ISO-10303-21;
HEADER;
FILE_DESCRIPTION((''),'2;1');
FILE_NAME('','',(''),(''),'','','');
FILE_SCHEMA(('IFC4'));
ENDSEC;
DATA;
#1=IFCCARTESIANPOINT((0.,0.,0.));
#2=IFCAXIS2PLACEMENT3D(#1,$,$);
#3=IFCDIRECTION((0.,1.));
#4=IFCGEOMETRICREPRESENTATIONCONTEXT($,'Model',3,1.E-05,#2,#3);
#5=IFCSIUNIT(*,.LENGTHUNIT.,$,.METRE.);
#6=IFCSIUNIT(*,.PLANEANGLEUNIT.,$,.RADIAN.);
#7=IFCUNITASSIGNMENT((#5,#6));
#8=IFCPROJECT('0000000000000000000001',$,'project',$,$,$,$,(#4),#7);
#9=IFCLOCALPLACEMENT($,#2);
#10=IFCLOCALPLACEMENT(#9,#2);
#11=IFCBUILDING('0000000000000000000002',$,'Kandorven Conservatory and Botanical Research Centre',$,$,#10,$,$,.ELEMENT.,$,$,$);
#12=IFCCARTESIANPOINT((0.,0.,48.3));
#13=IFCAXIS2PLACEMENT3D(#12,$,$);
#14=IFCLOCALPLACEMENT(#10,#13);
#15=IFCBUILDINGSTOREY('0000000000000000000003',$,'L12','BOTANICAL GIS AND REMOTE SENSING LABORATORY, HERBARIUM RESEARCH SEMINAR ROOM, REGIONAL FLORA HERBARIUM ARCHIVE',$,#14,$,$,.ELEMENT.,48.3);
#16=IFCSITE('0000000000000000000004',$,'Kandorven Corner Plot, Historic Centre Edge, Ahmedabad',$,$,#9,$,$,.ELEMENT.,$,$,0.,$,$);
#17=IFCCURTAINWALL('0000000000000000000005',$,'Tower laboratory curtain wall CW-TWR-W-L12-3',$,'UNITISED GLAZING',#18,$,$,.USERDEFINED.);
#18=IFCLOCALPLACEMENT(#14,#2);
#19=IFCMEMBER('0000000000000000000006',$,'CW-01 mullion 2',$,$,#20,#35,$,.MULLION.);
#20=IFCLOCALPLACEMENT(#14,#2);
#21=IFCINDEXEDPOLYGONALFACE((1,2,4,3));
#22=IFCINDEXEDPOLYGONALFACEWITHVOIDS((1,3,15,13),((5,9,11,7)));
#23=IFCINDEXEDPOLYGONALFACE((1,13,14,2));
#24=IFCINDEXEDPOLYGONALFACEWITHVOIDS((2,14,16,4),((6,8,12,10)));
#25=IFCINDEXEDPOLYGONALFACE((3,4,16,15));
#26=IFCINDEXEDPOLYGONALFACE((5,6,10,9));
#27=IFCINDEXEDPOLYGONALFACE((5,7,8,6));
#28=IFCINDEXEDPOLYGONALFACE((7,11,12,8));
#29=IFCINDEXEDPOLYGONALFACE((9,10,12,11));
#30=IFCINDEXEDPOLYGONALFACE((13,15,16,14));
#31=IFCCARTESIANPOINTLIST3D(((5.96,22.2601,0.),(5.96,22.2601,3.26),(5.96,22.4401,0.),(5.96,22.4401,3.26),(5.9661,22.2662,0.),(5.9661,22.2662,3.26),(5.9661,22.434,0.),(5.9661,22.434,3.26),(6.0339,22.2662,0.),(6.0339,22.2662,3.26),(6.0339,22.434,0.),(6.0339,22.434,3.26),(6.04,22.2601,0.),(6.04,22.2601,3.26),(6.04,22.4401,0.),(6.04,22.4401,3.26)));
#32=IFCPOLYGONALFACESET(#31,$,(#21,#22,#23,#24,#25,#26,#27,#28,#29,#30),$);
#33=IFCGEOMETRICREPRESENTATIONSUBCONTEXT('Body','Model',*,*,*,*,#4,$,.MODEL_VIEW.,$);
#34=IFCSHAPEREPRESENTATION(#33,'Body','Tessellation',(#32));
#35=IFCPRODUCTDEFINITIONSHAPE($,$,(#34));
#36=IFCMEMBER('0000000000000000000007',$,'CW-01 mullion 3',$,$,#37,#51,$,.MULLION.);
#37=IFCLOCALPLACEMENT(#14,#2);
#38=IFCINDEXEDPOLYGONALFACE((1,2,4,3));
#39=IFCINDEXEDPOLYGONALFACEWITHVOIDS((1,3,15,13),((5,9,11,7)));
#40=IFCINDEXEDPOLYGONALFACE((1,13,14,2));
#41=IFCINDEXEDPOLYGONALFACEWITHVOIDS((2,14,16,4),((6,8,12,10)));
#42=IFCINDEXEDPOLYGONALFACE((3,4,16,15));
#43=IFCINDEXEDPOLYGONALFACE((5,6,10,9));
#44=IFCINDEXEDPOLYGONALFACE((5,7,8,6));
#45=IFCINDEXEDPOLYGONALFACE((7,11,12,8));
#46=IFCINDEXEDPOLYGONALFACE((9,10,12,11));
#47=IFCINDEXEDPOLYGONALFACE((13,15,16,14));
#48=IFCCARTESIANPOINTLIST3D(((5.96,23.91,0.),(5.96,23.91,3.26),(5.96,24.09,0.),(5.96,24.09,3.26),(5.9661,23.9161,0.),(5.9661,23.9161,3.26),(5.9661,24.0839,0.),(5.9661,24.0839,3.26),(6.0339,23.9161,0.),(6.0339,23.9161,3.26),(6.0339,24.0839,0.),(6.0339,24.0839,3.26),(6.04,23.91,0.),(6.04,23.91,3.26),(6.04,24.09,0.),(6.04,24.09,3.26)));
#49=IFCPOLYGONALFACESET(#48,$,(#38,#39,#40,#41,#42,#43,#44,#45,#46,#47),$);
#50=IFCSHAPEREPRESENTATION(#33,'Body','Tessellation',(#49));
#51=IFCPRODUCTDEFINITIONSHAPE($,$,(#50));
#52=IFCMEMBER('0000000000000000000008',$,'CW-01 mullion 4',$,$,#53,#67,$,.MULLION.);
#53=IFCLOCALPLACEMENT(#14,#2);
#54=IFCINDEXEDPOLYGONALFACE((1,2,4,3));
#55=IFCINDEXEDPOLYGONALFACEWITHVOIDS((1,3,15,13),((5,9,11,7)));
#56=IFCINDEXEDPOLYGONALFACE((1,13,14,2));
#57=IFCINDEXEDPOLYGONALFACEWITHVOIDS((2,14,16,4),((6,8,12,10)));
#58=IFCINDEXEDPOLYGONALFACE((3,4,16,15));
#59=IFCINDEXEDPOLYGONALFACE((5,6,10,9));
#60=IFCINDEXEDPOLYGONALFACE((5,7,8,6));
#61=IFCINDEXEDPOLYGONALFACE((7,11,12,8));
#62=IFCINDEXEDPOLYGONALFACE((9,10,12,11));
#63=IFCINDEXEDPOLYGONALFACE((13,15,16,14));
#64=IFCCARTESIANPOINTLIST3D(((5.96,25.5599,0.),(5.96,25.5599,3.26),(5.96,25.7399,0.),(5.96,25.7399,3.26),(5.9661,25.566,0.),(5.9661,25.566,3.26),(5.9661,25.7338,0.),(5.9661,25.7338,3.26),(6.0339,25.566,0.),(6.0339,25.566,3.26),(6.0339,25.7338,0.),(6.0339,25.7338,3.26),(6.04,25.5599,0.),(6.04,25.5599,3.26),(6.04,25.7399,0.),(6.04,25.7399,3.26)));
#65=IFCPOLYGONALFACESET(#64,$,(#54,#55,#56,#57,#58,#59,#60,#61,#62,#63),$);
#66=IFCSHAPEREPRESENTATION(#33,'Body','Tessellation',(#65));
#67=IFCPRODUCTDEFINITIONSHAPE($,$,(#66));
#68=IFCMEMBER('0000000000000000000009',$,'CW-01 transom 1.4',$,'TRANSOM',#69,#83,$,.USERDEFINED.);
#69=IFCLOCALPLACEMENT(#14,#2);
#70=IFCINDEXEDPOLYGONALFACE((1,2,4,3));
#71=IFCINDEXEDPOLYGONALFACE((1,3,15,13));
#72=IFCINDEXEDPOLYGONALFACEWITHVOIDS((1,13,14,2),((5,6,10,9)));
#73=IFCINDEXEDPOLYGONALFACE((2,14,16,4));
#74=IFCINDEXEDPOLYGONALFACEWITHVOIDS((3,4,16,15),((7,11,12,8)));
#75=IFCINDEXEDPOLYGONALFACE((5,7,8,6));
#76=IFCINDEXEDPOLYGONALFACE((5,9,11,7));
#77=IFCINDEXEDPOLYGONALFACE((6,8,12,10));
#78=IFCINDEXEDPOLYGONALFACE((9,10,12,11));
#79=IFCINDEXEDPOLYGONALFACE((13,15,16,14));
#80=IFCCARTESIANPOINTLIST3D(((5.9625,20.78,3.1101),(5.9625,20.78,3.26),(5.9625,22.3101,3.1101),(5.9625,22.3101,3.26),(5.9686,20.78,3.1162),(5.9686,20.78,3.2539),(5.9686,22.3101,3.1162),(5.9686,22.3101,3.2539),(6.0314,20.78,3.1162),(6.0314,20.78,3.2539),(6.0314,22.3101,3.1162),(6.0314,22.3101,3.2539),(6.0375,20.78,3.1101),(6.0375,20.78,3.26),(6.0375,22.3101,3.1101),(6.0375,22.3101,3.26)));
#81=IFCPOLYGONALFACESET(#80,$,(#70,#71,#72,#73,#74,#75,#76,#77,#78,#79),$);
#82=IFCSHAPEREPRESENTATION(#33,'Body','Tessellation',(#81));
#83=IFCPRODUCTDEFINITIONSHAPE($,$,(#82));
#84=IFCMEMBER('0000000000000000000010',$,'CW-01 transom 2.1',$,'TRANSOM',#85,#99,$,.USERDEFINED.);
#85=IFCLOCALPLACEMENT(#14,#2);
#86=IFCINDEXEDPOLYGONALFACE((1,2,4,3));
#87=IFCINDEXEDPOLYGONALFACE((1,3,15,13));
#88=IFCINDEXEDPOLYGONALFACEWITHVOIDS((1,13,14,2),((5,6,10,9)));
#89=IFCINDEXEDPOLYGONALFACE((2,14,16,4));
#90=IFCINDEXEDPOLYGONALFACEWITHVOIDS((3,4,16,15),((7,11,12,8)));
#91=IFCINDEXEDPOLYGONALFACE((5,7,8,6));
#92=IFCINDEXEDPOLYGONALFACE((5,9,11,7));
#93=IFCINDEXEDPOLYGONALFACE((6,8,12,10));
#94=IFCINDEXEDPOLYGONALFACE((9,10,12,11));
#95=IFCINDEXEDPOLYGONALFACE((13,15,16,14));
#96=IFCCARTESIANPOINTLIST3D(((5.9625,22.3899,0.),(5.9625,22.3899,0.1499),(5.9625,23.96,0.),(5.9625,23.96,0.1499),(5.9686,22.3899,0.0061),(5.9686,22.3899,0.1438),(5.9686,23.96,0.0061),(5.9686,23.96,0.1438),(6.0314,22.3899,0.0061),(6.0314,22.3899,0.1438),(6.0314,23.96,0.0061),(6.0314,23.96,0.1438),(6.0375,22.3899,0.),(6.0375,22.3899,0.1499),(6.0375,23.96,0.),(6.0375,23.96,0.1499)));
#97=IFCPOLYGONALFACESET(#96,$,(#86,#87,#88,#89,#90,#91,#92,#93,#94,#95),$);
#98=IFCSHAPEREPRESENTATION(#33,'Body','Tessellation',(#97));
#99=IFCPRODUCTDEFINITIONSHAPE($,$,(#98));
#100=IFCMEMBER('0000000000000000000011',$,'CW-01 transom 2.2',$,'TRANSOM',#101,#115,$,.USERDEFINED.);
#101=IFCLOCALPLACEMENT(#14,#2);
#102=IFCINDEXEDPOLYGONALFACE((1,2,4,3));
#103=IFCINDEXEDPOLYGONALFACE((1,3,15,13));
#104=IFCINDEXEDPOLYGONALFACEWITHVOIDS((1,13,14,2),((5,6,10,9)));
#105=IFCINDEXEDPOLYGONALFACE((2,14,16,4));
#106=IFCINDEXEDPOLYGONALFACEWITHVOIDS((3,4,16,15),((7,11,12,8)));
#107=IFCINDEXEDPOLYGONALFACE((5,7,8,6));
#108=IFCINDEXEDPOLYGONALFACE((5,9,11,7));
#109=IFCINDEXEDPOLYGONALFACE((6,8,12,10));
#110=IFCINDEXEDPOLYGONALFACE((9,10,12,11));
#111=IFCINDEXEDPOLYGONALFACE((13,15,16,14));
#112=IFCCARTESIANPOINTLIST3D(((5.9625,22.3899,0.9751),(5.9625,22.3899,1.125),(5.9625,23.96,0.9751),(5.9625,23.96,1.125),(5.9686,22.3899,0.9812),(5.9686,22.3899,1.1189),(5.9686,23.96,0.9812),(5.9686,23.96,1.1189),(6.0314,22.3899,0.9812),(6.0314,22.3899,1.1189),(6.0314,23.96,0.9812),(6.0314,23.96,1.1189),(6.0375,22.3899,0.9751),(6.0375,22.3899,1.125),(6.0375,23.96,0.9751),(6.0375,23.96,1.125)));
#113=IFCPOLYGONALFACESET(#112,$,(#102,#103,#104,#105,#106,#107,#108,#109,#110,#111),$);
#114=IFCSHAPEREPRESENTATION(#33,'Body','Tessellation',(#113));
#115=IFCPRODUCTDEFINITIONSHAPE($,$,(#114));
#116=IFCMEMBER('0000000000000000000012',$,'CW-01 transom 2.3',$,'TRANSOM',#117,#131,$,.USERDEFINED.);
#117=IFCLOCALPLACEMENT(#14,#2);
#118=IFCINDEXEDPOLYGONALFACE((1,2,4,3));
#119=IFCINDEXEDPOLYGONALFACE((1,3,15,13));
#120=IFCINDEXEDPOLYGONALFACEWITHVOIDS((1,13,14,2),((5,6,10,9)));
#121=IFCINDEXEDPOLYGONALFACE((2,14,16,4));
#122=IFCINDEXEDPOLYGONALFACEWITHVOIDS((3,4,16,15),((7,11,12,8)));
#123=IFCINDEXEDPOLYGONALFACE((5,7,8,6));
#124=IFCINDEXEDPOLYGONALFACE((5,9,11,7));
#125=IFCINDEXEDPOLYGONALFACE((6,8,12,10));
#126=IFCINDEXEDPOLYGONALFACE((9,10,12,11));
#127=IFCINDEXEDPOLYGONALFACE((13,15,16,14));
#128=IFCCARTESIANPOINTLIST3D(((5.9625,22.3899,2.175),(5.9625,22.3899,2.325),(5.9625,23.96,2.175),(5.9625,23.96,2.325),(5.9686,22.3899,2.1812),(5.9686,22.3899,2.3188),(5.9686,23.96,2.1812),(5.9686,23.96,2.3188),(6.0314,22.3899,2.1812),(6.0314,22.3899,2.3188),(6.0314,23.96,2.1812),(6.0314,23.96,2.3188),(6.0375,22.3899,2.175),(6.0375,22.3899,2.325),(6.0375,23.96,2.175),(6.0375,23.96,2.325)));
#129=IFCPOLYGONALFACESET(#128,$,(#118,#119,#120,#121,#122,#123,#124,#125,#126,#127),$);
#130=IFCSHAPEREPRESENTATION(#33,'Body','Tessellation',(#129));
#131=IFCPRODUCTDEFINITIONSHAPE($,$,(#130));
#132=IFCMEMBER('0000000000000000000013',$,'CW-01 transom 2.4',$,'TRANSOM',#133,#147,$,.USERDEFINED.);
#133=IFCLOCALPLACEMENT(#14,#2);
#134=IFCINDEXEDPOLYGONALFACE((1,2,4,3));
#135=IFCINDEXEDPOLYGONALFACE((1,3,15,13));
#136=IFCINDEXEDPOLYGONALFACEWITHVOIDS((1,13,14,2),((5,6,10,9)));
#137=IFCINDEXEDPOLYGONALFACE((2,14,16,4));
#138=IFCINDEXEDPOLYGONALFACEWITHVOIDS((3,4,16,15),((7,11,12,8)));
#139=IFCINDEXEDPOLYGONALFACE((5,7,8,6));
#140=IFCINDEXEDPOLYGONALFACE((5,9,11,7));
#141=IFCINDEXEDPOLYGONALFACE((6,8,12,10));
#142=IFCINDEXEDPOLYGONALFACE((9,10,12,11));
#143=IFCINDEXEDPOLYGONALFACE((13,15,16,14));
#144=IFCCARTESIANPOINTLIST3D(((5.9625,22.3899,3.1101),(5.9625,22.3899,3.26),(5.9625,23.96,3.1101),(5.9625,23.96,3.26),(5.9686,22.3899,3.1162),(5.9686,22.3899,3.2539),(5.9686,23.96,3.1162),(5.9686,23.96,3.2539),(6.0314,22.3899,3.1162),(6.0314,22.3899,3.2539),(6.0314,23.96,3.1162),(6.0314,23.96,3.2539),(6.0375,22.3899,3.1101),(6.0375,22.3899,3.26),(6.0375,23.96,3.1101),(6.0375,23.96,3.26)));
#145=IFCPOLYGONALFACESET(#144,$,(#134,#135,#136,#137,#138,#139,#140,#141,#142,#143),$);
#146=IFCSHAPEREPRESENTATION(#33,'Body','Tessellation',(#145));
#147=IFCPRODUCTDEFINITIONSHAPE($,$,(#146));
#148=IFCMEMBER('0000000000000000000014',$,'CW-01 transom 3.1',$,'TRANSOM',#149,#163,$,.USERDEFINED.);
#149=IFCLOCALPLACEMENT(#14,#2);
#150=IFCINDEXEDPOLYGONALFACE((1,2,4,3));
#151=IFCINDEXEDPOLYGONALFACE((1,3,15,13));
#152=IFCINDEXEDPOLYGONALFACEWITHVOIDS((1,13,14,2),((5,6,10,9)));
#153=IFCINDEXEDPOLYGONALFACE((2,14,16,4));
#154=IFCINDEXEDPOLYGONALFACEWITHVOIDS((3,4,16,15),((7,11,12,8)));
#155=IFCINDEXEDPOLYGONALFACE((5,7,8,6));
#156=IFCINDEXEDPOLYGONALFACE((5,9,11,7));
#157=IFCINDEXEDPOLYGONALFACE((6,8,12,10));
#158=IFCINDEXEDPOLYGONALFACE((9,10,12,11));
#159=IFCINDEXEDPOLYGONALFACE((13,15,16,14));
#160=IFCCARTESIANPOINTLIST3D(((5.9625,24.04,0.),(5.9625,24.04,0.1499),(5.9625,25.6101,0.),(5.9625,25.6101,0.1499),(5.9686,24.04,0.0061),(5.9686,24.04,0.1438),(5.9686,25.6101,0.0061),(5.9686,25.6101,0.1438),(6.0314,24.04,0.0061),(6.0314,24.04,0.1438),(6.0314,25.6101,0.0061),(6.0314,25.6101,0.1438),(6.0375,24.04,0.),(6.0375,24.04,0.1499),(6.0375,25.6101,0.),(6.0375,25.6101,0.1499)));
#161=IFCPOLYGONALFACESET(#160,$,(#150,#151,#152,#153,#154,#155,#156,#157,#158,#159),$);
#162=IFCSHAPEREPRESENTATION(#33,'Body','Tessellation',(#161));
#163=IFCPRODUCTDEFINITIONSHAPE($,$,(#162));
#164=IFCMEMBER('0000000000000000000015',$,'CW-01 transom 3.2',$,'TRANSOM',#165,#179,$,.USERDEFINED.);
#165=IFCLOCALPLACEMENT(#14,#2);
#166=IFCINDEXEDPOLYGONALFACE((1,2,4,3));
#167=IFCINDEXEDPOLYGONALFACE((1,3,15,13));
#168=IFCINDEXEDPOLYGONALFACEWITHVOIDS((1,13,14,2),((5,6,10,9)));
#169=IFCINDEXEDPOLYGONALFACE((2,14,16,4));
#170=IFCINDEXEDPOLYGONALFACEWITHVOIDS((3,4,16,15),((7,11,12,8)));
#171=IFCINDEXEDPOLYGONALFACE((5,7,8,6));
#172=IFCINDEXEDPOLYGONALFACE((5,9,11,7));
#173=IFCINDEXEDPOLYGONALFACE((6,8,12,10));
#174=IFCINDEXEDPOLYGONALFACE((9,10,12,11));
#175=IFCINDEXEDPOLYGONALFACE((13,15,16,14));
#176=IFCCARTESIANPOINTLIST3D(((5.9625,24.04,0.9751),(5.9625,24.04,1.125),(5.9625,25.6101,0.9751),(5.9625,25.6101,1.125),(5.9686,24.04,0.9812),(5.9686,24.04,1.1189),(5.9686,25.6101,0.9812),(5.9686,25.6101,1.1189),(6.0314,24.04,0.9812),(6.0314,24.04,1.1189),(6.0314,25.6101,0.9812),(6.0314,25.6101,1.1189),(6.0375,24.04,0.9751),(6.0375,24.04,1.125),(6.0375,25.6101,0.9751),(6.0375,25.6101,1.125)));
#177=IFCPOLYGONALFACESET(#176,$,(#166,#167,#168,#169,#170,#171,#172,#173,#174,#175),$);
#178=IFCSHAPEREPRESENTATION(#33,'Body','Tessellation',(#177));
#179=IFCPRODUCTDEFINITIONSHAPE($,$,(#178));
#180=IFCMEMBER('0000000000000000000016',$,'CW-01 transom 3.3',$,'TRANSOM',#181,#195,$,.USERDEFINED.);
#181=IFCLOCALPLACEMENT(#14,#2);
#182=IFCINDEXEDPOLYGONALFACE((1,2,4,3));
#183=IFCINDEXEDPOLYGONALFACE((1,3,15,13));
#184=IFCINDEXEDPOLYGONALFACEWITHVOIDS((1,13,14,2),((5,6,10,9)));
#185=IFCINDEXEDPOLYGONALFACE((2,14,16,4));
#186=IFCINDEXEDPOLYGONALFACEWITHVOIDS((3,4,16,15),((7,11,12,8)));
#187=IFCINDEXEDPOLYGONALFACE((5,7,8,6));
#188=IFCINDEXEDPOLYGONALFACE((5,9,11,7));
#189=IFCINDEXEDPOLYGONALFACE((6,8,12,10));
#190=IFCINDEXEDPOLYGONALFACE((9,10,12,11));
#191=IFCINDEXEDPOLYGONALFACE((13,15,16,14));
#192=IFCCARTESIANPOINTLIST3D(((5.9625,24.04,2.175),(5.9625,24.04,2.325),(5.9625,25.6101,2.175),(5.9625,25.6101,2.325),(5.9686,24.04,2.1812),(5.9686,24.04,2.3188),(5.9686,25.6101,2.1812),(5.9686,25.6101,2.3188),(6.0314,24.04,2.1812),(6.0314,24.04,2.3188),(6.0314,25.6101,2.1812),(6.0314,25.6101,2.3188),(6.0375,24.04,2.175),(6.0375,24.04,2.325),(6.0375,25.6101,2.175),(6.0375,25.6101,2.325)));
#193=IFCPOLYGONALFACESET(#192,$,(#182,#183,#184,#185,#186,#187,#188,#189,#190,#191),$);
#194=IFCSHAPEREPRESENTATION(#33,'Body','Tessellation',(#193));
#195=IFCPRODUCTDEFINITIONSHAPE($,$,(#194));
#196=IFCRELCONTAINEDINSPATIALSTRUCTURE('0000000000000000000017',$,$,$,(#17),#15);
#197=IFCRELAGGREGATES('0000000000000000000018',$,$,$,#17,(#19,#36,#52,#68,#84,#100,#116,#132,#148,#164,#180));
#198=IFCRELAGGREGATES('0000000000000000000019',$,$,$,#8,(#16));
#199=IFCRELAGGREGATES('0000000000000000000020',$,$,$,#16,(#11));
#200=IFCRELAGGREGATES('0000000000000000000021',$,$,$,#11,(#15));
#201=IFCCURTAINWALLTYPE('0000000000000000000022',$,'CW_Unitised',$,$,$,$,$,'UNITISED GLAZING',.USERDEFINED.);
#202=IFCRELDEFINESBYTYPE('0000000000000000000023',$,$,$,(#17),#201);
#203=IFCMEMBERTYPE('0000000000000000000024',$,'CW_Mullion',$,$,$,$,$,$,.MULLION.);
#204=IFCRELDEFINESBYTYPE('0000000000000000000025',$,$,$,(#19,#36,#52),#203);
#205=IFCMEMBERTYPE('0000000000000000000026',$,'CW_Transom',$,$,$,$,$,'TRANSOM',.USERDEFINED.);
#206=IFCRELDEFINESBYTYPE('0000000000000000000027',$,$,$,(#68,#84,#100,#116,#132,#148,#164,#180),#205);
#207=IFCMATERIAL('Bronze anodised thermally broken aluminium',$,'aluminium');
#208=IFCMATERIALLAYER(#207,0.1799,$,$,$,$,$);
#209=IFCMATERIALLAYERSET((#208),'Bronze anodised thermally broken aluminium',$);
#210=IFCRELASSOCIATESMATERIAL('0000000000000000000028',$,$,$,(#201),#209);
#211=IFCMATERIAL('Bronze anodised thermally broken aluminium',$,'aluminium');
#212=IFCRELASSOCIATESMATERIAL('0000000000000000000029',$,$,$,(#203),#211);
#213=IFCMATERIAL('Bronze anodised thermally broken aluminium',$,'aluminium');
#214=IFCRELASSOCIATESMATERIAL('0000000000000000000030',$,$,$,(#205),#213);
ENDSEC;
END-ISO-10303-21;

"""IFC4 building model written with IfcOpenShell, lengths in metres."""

from ifc_helpers import new_model, si_unit, direction, frame, origin, origin_2d, place, context, subcontext, project, spatial, hollow_rectangle, extrude, material, layer, layer_set, material_profile, profile_set, type_object, element, aggregate, save


model = new_model("IFC4")

# Units and contexts
model_context = context("Model", 3, precision=1e-05, world=origin(), true_north=direction((0.0, 1.0)))
body_context = subcontext(model_context, "Body", "Model", "MODEL_VIEW")
ifc_project = project(units=[si_unit("LENGTHUNIT", "METRE"), si_unit("PLANEANGLEUNIT", "RADIAN")], contexts=[model_context])

# Site, building, storey
site_placement = place(None, origin())
site = spatial("IfcSite", under=ifc_project, at=site_placement, Name="Kandorven Corner Plot, Historic Centre Edge, Ahmedabad", CompositionType="ELEMENT", RefElevation=0.0)
building_placement = place(site_placement, origin())
building = spatial("IfcBuilding", under=site, at=building_placement, Name="Kandorven Conservatory and Botanical Research Centre", CompositionType="ELEMENT")
storey_placement = place(building_placement, frame((0.0, 0.0, 48.3)))
storey = spatial("IfcBuildingStorey", under=building, at=storey_placement, Name="L12", Description="BOTANICAL GIS AND REMOTE SENSING LABORATORY, HERBARIUM RESEARCH SEMINAR ROOM, REGIONAL FLORA HERBARIUM ARCHIVE", CompositionType="ELEMENT", Elevation=48.3)

# Curtain wall, members
ifc_material_1 = material(Name="Bronze anodised thermally broken aluminium", Category="aluminium")
ifc_layer_1 = layer(ifc_material_1, 0.1799)
ifc_layer_set_1 = layer_set([ifc_layer_1], Name="Bronze anodised thermally broken aluminium")
curtain_wall_type = type_object("IfcCurtainWallType", Name="CW_Unitised", ElementType="UNITISED GLAZING", PredefinedType="USERDEFINED", material=ifc_layer_set_1)
curtain_wall_placement = place(storey_placement, origin())
curtain_wall = element("IfcCurtainWall", 1, at=curtain_wall_placement, inside=storey, type_object=curtain_wall_type, Name="Tower laboratory curtain wall CW-TWR-W-L12-3", ObjectType="UNITISED GLAZING", PredefinedType="USERDEFINED")
ifc_material_2 = material(Name="Bronze anodised thermally broken aluminium", Category="aluminium")
ifc_material_profile_1 = material_profile(ifc_material_2, hollow_rectangle(XDim=0.0801, YDim=0.1799, WallThickness=0.0061, at=origin_2d()))
ifc_profile_set_1 = profile_set([ifc_material_profile_1], Name="Bronze anodised thermally broken aluminium")
member_type_1 = type_object("IfcMemberType", Name="CW_Mullion", PredefinedType="MULLION", material=ifc_profile_set_1)
member_1_placement = place(storey_placement, frame((6.0, 22.3501, 0.0), z_axis=(0.0, 0.0, 1.0), x_axis=(-1.0, 0.0, 0.0)))
member_1 = element("IfcMember", 2, at=member_1_placement, type_object=member_type_1, Name="CW-01 mullion 2", PredefinedType="MULLION", context=body_context, shape_type="SweptSolid", body=[
    extrude(hollow_rectangle(XDim=0.0801, YDim=0.1799, WallThickness=0.0061, at=origin_2d()), origin(), (0.0, 0.0, 1.0), 3.26),
])
member_2_placement = place(storey_placement, frame((6.0, 24.0, 0.0), z_axis=(0.0, 0.0, 1.0), x_axis=(-1.0, 0.0, 0.0)))
member_2 = element("IfcMember", 3, at=member_2_placement, type_object=member_type_1, Name="CW-01 mullion 3", PredefinedType="MULLION", context=body_context, shape_type="SweptSolid", body=[
    extrude(hollow_rectangle(XDim=0.0801, YDim=0.1799, WallThickness=0.0061, at=origin_2d()), origin(), (0.0, 0.0, 1.0), 3.26),
])
member_3_placement = place(storey_placement, frame((6.0, 25.6499, 0.0), z_axis=(0.0, 0.0, 1.0), x_axis=(-1.0, 0.0, 0.0)))
member_3 = element("IfcMember", 4, at=member_3_placement, type_object=member_type_1, Name="CW-01 mullion 4", PredefinedType="MULLION", context=body_context, shape_type="SweptSolid", body=[
    extrude(hollow_rectangle(XDim=0.0801, YDim=0.1799, WallThickness=0.0061, at=origin_2d()), origin(), (0.0, 0.0, 1.0), 3.26),
])
ifc_material_3 = material(Name="Bronze anodised thermally broken aluminium", Category="aluminium")
ifc_material_profile_2 = material_profile(ifc_material_3, hollow_rectangle(XDim=0.075, YDim=0.1499, WallThickness=0.0061, at=origin_2d()))
ifc_profile_set_2 = profile_set([ifc_material_profile_2], Name="Bronze anodised thermally broken aluminium")
member_type_2 = type_object("IfcMemberType", Name="CW_Transom", ElementType="TRANSOM", PredefinedType="USERDEFINED", material=ifc_profile_set_2)
member_4_placement = place(storey_placement, frame((6.0, 20.78, 3.1851), z_axis=(0.0, 1.0, 0.0), x_axis=(-1.0, 0.0, 0.0)))
member_4 = element("IfcMember", 5, at=member_4_placement, type_object=member_type_2, Name="CW-01 transom 1.4", ObjectType="TRANSOM", PredefinedType="USERDEFINED", context=body_context, shape_type="SweptSolid", body=[
    extrude(hollow_rectangle(XDim=0.075, YDim=0.1499, WallThickness=0.0061, at=origin_2d()), origin(), (0.0, 0.0, 1.0), 1.53),
])
member_5_placement = place(storey_placement, frame((6.0, 22.3899, 0.075), z_axis=(0.0, 1.0, 0.0), x_axis=(-1.0, 0.0, 0.0)))
member_5 = element("IfcMember", 6, at=member_5_placement, type_object=member_type_2, Name="CW-01 transom 2.1", ObjectType="TRANSOM", PredefinedType="USERDEFINED", context=body_context, shape_type="SweptSolid", body=[
    extrude(hollow_rectangle(XDim=0.075, YDim=0.1499, WallThickness=0.0061, at=origin_2d()), origin(), (0.0, 0.0, 1.0), 1.5701),
])
member_6_placement = place(storey_placement, frame((6.0, 22.3899, 1.05), z_axis=(0.0, 1.0, 0.0), x_axis=(-1.0, 0.0, 0.0)))
member_6 = element("IfcMember", 7, at=member_6_placement, type_object=member_type_2, Name="CW-01 transom 2.2", ObjectType="TRANSOM", PredefinedType="USERDEFINED", context=body_context, shape_type="SweptSolid", body=[
    extrude(hollow_rectangle(XDim=0.075, YDim=0.1499, WallThickness=0.0061, at=origin_2d()), origin(), (0.0, 0.0, 1.0), 1.5701),
])
member_7_placement = place(storey_placement, frame((6.0, 22.3899, 2.25), z_axis=(0.0, 1.0, 0.0), x_axis=(-1.0, 0.0, 0.0)))
member_7 = element("IfcMember", 8, at=member_7_placement, type_object=member_type_2, Name="CW-01 transom 2.3", ObjectType="TRANSOM", PredefinedType="USERDEFINED", context=body_context, shape_type="SweptSolid", body=[
    extrude(hollow_rectangle(XDim=0.075, YDim=0.1499, WallThickness=0.0061, at=origin_2d()), origin(), (0.0, 0.0, 1.0), 1.5701),
])
member_8_placement = place(storey_placement, frame((6.0, 22.3899, 3.1851), z_axis=(0.0, 1.0, 0.0), x_axis=(-1.0, 0.0, 0.0)))
member_8 = element("IfcMember", 9, at=member_8_placement, type_object=member_type_2, Name="CW-01 transom 2.4", ObjectType="TRANSOM", PredefinedType="USERDEFINED", context=body_context, shape_type="SweptSolid", body=[
    extrude(hollow_rectangle(XDim=0.075, YDim=0.1499, WallThickness=0.0061, at=origin_2d()), origin(), (0.0, 0.0, 1.0), 1.5701),
])
member_9_placement = place(storey_placement, frame((6.0, 24.04, 0.075), z_axis=(0.0, 1.0, 0.0), x_axis=(-1.0, 0.0, 0.0)))
member_9 = element("IfcMember", 10, at=member_9_placement, type_object=member_type_2, Name="CW-01 transom 3.1", ObjectType="TRANSOM", PredefinedType="USERDEFINED", context=body_context, shape_type="SweptSolid", body=[
    extrude(hollow_rectangle(XDim=0.075, YDim=0.1499, WallThickness=0.0061, at=origin_2d()), origin(), (0.0, 0.0, 1.0), 1.5701),
])
member_10_placement = place(storey_placement, frame((6.0, 24.04, 1.05), z_axis=(0.0, 1.0, 0.0), x_axis=(-1.0, 0.0, 0.0)))
member_10 = element("IfcMember", 11, at=member_10_placement, type_object=member_type_2, Name="CW-01 transom 3.2", ObjectType="TRANSOM", PredefinedType="USERDEFINED", context=body_context, shape_type="SweptSolid", body=[
    extrude(hollow_rectangle(XDim=0.075, YDim=0.1499, WallThickness=0.0061, at=origin_2d()), origin(), (0.0, 0.0, 1.0), 1.5701),
])
member_11_placement = place(storey_placement, frame((6.0, 24.04, 2.25), z_axis=(0.0, 1.0, 0.0), x_axis=(-1.0, 0.0, 0.0)))
member_11 = element("IfcMember", 12, at=member_11_placement, type_object=member_type_2, Name="CW-01 transom 3.3", ObjectType="TRANSOM", PredefinedType="USERDEFINED", context=body_context, shape_type="SweptSolid", body=[
    extrude(hollow_rectangle(XDim=0.075, YDim=0.1499, WallThickness=0.0061, at=origin_2d()), origin(), (0.0, 0.0, 1.0), 1.5701),
])
aggregate(curtain_wall, [member_1, member_2, member_3, member_4, member_5, member_6, member_7, member_8, member_9, member_10, member_11])

save(model, "model.ifc")
